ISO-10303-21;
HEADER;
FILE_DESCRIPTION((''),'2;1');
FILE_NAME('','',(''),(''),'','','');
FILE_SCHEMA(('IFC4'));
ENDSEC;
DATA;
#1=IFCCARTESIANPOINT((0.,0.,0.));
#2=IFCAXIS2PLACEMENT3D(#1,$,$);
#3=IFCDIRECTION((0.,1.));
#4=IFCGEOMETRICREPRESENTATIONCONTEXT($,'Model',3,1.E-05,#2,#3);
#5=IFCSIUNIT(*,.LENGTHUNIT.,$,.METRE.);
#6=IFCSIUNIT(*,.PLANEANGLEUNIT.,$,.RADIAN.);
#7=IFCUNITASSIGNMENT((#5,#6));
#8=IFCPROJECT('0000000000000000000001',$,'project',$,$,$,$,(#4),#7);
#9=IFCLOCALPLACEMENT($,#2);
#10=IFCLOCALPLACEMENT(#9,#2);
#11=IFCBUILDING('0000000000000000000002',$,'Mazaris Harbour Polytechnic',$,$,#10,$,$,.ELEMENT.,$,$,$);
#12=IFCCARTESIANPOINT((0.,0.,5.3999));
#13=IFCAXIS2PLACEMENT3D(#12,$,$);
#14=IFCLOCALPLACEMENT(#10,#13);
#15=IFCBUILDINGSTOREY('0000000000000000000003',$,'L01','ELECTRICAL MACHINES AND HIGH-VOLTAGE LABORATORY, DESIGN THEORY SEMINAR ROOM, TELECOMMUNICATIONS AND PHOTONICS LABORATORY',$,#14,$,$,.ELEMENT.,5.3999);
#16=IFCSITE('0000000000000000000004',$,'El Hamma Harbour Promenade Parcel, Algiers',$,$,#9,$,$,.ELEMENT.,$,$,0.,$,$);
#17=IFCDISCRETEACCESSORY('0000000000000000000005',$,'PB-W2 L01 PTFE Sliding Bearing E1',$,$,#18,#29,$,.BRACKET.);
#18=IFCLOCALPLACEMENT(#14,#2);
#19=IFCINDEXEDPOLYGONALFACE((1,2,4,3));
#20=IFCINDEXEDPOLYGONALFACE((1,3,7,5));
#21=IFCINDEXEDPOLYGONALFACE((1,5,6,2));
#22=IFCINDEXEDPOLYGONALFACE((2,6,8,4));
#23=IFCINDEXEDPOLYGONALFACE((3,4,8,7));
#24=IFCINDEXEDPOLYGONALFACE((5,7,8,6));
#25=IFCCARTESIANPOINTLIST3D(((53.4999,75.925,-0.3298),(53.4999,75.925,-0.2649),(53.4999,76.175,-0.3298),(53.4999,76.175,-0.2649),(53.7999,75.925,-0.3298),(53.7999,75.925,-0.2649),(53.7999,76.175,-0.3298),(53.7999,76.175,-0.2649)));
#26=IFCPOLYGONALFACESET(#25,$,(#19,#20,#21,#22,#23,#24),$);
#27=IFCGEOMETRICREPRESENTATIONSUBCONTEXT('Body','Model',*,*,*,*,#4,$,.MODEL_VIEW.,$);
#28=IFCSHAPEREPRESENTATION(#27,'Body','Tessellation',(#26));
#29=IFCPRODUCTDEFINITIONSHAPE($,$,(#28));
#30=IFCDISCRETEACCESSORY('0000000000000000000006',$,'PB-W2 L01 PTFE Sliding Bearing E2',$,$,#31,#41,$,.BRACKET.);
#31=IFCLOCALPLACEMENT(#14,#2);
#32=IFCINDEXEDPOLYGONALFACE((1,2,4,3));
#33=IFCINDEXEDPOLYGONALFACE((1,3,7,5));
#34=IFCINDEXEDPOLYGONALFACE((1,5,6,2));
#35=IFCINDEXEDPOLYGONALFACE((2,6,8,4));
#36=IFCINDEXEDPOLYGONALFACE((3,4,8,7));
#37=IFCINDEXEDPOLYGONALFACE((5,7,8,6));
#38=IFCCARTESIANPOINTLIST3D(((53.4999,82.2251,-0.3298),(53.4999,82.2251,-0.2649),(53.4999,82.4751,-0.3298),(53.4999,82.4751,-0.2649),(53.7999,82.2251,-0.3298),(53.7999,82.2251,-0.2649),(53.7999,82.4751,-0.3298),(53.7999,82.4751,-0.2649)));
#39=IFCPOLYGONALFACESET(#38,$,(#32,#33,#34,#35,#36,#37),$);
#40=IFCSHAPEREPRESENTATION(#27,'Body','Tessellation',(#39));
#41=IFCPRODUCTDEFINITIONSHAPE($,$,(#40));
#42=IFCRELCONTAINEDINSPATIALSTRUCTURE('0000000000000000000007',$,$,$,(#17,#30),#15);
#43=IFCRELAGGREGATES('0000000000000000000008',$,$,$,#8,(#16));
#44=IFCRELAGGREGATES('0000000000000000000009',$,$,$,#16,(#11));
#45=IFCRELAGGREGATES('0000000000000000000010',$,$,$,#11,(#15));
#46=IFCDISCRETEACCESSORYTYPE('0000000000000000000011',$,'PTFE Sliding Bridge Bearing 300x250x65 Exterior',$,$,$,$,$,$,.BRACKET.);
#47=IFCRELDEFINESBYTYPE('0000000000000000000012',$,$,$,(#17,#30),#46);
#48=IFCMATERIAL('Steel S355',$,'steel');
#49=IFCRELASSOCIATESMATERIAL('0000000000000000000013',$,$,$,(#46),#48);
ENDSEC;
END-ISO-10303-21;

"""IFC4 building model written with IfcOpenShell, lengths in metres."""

from ifc_helpers import new_model, si_unit, direction, frame, origin, origin_2d, place, context, subcontext, project, spatial, rectangle, extrude, material, type_object, element, save


model = new_model("IFC4")

# Units and contexts
model_context = context("Model", 3, precision=1e-05, world=origin(), true_north=direction((0.0, 1.0)))
body_context = subcontext(model_context, "Body", "Model", "MODEL_VIEW")
ifc_project = project(units=[si_unit("LENGTHUNIT", "METRE"), si_unit("PLANEANGLEUNIT", "RADIAN")], contexts=[model_context])

# Site, building, storey
site_placement = place(None, origin())
site = spatial("IfcSite", under=ifc_project, at=site_placement, Name="El Hamma Harbour Promenade Parcel, Algiers", CompositionType="ELEMENT", RefElevation=0.0)
building_placement = place(site_placement, origin())
building = spatial("IfcBuilding", under=site, at=building_placement, Name="Mazaris Harbour Polytechnic", CompositionType="ELEMENT")
storey_placement = place(building_placement, frame((0.0, 0.0, 5.3999)))
storey = spatial("IfcBuildingStorey", under=building, at=storey_placement, Name="L01", Description="ELECTRICAL MACHINES AND HIGH-VOLTAGE LABORATORY, DESIGN THEORY SEMINAR ROOM, TELECOMMUNICATIONS AND PHOTONICS LABORATORY", CompositionType="ELEMENT", Elevation=5.3999)

# Discrete accessories
ifc_material_1 = material(Name="Steel S355", Category="steel")
discrete_accessory_type = type_object("IfcDiscreteAccessoryType", Name="PTFE Sliding Bridge Bearing 300x250x65 Exterior", PredefinedType="BRACKET", material=ifc_material_1)
for number, where, z_axis, x_axis, name in (
    (1, (53.6499, 76.05, -0.3298), (0.0, 0.0, 1.0), (1.0, 0.0, 0.0), "PB-W2 L01 PTFE Sliding Bearing E1"),
    (2, (53.6499, 82.3501, -0.3298), (0.0, 0.0, 1.0), (1.0, 0.0, 0.0), "PB-W2 L01 PTFE Sliding Bearing E2"),
):
    element("IfcDiscreteAccessory", number, at=place(storey_placement, frame(where, z_axis=z_axis, x_axis=x_axis)), inside=storey, type_object=discrete_accessory_type, Name=name, PredefinedType="BRACKET", context=body_context, shape_type="SweptSolid", body=[
        extrude(rectangle(XDim=0.3, YDim=0.25, at=origin_2d()), origin(), (0.0, 0.0, 1.0), 0.0649),
    ])

save(model, "model.ifc")
